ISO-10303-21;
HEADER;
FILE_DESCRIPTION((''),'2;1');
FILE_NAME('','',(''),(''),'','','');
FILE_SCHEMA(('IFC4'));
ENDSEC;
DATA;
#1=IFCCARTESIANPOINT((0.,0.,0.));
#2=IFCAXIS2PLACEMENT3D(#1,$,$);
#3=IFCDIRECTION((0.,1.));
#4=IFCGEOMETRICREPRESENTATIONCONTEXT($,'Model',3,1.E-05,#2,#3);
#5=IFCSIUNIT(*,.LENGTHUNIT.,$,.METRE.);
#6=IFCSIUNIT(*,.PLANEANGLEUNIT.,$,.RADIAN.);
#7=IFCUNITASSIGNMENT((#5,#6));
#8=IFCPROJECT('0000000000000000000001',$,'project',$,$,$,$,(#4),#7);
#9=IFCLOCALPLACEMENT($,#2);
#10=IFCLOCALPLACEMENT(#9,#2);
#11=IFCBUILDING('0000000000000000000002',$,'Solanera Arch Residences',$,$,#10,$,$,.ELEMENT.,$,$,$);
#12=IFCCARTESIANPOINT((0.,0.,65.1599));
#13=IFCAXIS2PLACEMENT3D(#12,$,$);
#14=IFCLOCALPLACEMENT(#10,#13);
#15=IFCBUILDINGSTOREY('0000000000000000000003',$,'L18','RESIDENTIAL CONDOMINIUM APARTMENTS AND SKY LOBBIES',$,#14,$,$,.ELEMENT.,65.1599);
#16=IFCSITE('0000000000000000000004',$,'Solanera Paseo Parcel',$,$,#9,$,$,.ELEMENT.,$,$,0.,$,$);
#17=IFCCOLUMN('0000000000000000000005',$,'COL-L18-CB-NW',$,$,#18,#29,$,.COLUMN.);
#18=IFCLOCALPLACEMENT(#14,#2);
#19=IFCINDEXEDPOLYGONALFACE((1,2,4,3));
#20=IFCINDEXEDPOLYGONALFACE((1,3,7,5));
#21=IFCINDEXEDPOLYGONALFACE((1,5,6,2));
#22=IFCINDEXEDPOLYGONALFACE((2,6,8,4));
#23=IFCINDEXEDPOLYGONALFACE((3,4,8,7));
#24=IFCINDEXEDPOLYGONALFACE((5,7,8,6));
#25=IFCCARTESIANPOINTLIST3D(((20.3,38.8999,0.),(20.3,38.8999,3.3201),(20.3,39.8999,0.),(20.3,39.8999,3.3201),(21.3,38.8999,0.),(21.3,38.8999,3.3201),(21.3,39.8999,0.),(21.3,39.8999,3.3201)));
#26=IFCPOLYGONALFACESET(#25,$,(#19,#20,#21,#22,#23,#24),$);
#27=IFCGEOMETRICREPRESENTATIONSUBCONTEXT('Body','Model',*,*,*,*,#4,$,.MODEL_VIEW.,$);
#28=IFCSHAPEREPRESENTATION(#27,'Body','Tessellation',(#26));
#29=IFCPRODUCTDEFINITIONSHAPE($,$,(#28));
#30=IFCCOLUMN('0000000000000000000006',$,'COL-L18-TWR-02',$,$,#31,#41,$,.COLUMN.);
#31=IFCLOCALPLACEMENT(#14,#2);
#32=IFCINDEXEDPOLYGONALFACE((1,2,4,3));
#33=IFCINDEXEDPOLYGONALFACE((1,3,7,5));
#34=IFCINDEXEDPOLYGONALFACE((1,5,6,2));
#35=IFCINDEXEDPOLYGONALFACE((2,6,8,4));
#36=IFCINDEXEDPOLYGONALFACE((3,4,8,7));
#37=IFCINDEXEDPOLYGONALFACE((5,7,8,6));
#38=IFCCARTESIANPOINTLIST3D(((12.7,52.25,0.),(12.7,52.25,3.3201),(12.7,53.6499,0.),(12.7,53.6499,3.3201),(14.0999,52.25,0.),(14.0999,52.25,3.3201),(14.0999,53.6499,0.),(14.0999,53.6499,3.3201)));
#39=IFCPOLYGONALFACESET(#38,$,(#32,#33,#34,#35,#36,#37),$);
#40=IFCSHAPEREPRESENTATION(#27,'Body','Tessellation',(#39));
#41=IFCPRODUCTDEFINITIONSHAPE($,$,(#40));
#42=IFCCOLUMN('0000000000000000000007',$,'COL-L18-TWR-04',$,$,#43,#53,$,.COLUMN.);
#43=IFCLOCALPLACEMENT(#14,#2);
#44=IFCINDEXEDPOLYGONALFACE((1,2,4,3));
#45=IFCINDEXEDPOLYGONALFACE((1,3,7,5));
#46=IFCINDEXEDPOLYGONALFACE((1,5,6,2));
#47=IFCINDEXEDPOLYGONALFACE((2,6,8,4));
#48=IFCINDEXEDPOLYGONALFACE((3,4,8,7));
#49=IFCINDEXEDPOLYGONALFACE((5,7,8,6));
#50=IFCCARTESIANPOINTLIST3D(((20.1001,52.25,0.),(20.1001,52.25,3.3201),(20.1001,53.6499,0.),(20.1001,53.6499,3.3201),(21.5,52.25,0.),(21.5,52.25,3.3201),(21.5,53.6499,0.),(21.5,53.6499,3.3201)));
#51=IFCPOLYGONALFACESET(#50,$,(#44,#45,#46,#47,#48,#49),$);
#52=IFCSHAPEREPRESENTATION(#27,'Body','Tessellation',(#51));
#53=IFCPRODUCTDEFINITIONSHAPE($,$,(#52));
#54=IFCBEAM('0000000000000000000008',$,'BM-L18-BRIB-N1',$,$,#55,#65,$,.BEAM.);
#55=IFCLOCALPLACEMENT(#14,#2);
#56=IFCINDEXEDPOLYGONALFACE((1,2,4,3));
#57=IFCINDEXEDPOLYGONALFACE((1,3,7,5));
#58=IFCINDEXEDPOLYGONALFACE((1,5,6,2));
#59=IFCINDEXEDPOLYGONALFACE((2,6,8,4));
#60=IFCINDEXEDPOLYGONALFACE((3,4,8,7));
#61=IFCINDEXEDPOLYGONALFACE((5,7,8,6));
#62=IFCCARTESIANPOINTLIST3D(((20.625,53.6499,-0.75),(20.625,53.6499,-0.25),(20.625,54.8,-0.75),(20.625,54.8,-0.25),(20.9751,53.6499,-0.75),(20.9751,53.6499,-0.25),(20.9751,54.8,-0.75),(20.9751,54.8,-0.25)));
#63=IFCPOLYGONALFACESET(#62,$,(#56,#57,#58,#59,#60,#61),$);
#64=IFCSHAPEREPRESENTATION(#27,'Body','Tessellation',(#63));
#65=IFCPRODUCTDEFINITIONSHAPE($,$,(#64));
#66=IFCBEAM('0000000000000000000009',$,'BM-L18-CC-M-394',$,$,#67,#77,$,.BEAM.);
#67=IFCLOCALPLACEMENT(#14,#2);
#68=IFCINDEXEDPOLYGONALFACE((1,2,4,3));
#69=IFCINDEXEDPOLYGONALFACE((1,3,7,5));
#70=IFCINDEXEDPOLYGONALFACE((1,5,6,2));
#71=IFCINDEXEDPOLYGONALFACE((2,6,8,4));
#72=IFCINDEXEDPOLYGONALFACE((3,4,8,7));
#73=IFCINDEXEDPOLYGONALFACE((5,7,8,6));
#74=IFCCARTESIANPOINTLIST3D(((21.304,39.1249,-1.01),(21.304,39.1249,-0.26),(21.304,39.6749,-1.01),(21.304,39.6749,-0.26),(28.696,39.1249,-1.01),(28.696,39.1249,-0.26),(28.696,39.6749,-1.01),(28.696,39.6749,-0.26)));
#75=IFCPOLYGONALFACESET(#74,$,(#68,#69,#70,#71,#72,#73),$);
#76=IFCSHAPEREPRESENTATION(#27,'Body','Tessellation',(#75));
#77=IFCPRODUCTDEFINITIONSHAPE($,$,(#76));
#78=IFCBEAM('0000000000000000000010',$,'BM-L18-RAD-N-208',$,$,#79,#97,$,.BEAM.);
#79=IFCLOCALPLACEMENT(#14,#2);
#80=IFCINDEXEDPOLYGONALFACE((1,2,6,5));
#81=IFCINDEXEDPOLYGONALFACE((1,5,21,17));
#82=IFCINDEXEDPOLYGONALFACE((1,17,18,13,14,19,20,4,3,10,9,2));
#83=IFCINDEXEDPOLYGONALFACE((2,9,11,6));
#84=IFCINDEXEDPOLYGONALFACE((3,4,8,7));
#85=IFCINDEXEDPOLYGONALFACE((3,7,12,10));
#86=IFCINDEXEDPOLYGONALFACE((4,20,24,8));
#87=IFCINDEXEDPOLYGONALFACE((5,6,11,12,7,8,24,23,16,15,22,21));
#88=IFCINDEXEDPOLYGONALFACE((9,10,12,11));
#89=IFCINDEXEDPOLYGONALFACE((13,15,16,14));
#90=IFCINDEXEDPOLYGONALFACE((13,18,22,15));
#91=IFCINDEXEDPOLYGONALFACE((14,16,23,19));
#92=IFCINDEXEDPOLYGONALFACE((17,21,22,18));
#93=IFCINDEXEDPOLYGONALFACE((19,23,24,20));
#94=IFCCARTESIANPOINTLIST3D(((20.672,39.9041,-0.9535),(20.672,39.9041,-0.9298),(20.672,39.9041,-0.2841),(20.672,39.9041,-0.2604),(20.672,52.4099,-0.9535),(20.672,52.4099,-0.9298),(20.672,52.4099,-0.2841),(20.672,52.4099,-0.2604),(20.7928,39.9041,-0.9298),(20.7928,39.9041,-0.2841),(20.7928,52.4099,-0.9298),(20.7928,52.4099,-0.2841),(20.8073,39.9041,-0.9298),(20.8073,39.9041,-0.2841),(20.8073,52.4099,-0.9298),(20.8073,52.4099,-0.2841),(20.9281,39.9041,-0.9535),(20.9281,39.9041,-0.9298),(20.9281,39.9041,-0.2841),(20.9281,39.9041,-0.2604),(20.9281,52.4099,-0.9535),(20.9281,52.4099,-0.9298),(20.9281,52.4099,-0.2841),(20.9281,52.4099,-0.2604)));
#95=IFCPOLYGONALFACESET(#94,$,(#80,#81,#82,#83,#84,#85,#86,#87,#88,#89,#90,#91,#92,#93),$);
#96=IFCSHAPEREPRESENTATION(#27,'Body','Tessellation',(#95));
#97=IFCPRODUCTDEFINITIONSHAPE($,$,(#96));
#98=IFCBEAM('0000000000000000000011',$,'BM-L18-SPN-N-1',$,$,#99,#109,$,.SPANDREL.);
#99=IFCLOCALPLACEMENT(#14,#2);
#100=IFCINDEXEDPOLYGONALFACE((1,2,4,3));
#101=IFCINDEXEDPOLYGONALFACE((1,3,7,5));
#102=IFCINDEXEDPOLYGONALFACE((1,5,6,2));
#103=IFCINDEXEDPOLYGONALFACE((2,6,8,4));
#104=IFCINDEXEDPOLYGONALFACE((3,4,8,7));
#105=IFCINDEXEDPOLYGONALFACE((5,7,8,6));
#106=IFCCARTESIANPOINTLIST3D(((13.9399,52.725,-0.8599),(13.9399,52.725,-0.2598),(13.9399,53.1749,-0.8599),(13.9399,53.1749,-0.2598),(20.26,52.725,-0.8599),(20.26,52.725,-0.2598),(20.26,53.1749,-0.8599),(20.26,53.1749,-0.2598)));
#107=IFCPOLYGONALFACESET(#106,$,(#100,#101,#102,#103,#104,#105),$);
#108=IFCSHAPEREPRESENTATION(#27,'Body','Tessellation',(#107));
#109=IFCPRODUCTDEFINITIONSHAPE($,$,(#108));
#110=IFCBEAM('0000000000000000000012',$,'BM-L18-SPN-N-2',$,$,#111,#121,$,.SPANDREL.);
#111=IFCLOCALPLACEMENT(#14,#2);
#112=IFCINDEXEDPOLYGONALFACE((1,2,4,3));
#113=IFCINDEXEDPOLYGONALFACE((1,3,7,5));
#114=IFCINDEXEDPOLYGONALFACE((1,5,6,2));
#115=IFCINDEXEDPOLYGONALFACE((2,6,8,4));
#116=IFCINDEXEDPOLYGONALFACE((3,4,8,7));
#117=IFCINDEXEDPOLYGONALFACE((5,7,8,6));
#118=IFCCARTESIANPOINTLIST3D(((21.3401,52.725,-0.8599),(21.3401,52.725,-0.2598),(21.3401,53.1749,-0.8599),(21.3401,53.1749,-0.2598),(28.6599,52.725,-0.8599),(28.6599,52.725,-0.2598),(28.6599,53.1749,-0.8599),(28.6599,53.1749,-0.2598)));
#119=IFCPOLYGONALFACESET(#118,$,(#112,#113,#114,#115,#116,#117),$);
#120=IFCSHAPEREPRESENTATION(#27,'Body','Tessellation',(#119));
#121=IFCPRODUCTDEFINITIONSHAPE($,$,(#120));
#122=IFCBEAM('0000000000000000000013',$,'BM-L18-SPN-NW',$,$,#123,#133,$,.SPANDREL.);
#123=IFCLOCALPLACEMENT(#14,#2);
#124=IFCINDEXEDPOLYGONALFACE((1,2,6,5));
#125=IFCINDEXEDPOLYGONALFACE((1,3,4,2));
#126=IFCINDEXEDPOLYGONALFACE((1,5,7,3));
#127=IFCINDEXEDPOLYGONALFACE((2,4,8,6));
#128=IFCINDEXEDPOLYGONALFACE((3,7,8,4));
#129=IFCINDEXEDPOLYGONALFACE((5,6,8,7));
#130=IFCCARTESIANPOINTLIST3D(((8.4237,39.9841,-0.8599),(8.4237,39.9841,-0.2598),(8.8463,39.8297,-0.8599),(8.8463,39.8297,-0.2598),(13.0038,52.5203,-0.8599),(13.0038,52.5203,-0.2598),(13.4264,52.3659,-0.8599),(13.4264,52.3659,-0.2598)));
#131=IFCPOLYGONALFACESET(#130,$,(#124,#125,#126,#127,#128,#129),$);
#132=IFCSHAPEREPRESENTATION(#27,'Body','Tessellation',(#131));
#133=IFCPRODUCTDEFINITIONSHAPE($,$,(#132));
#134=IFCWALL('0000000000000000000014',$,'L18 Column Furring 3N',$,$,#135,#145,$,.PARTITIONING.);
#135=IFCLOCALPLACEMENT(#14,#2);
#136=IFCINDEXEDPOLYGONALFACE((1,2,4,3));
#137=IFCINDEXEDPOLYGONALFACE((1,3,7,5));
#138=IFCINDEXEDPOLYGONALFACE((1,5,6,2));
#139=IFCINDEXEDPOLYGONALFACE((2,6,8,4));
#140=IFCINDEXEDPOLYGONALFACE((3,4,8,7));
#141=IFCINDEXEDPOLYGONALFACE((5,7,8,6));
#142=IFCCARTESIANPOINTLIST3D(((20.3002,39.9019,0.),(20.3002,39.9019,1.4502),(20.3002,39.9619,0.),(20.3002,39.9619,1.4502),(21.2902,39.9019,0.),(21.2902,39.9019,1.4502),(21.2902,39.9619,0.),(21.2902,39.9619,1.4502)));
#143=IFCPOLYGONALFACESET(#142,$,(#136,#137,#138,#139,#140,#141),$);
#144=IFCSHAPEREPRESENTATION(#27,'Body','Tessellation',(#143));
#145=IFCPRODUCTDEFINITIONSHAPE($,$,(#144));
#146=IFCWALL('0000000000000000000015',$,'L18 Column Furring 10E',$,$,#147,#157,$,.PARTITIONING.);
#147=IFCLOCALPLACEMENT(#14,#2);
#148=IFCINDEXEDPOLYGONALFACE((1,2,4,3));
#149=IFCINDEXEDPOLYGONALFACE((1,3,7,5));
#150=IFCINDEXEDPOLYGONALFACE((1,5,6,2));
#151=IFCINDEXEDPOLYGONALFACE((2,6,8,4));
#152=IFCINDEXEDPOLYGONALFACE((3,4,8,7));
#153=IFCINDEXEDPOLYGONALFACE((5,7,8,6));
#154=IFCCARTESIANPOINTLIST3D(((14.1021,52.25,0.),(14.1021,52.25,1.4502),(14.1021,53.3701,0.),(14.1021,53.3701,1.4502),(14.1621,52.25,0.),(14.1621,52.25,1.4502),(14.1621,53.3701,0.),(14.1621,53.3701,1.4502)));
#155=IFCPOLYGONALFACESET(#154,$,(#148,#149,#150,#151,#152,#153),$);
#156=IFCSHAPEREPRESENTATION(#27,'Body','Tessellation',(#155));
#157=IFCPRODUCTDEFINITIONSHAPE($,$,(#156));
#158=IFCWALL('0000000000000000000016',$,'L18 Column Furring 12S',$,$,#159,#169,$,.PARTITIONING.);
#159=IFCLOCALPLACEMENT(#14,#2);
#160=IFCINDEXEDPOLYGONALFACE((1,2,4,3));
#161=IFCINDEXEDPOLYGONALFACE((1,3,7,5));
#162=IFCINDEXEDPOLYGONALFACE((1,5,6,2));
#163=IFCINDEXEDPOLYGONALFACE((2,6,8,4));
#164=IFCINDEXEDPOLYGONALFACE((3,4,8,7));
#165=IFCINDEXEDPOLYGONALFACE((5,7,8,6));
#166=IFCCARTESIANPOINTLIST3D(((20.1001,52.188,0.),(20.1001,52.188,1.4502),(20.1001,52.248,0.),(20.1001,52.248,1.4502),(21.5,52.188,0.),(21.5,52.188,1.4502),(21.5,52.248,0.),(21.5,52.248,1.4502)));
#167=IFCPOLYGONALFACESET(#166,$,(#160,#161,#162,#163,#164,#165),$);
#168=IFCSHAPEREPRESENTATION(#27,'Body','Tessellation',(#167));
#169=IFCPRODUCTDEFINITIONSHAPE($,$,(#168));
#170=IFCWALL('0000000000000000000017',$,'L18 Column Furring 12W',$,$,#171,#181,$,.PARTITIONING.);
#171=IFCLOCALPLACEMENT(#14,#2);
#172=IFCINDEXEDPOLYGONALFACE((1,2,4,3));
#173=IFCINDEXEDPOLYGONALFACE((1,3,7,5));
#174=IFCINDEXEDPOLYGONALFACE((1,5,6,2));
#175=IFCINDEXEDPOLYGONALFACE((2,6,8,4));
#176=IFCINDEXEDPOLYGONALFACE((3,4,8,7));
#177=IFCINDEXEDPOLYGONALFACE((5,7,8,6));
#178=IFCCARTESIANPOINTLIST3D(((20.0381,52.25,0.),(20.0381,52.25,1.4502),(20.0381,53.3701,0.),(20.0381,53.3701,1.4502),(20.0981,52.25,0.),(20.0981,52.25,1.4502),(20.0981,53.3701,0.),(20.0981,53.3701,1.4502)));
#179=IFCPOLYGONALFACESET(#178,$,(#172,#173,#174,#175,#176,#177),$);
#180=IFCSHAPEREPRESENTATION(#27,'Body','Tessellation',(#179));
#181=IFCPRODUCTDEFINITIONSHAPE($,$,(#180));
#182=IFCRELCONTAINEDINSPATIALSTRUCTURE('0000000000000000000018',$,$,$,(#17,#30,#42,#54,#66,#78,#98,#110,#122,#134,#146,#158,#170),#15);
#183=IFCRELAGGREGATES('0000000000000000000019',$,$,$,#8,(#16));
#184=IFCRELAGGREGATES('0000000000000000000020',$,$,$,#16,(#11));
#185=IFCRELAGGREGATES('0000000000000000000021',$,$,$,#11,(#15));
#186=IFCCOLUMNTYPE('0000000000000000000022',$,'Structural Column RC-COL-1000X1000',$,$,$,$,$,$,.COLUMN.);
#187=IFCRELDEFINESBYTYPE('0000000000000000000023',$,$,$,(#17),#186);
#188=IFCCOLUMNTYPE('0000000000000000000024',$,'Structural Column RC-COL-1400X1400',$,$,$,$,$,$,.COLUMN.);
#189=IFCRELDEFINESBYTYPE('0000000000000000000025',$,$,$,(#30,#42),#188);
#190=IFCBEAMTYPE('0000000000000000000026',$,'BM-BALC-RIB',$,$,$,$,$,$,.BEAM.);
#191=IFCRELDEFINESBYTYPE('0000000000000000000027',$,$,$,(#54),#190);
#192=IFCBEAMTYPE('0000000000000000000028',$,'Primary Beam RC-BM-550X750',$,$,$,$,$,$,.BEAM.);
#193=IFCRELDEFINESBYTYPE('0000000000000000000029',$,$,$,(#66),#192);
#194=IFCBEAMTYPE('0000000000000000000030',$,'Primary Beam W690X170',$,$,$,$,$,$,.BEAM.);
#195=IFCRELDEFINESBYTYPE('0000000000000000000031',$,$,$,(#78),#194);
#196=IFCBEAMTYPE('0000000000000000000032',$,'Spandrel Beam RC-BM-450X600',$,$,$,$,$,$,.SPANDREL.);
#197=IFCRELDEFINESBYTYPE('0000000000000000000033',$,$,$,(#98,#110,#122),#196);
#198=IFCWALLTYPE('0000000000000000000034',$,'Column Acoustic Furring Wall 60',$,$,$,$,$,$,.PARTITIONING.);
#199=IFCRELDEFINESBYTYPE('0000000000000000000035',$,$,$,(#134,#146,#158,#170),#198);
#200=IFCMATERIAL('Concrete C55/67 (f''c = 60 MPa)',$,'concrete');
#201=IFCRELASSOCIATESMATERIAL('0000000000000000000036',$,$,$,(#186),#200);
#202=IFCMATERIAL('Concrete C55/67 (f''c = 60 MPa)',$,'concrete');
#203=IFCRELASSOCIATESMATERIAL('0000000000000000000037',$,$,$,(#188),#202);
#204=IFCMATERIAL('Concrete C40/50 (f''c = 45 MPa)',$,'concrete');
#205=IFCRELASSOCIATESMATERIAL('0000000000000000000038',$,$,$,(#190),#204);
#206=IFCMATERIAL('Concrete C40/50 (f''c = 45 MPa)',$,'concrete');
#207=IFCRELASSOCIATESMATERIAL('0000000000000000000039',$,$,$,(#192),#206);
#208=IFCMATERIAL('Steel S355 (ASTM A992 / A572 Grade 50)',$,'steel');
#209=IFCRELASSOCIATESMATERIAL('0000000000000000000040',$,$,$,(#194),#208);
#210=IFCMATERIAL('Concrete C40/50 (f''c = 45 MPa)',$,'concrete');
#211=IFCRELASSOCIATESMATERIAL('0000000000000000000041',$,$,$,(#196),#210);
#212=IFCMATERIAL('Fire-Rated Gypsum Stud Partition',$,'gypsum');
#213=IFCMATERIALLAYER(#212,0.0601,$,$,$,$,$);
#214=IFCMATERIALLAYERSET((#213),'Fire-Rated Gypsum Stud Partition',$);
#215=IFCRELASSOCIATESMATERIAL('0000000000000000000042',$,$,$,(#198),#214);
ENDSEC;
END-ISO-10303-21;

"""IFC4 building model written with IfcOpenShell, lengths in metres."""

from ifc_helpers import new_model, si_unit, direction, frame, frame_2d, origin, origin_2d, place, context, subcontext, project, spatial, rectangle, i_section, extrude, material, layer, layer_set, material_profile, profile_set, type_object, element, save


model = new_model("IFC4")

# Units and contexts
model_context = context("Model", 3, precision=1e-05, world=origin(), true_north=direction((0.0, 1.0)))
body_context = subcontext(model_context, "Body", "Model", "MODEL_VIEW")
ifc_project = project(units=[si_unit("LENGTHUNIT", "METRE"), si_unit("PLANEANGLEUNIT", "RADIAN")], contexts=[model_context])

# Site, building, storey
site_placement = place(None, origin())
site = spatial("IfcSite", under=ifc_project, at=site_placement, Name="Solanera Paseo Parcel", CompositionType="ELEMENT", RefElevation=0.0)
building_placement = place(site_placement, origin())
building = spatial("IfcBuilding", under=site, at=building_placement, Name="Solanera Arch Residences", CompositionType="ELEMENT")
storey_placement = place(building_placement, frame((0.0, 0.0, 65.1599)))
storey = spatial("IfcBuildingStorey", under=building, at=storey_placement, Name="L18", Description="RESIDENTIAL CONDOMINIUM APARTMENTS AND SKY LOBBIES", CompositionType="ELEMENT", Elevation=65.1599)

# Columns
ifc_material_1 = material(Name="Concrete C55/67 (f'c = 60 MPa)", Category="concrete")
ifc_material_profile_1 = material_profile(ifc_material_1, rectangle(XDim=1.0, YDim=1.0, at=origin_2d()))
ifc_profile_set_1 = profile_set([ifc_material_profile_1], Name="Concrete C55/67 (f'c = 60 MPa)")
column_type_1 = type_object("IfcColumnType", Name="Structural Column RC-COL-1000X1000", PredefinedType="COLUMN", material=ifc_profile_set_1)
column_placement = place(storey_placement, frame((20.8, 39.3999, 0.0), z_axis=(0.0, 0.0, 1.0), x_axis=(1.0, 0.0, 0.0)))
element("IfcColumn", 1, at=column_placement, inside=storey, type_object=column_type_1, Name="COL-L18-CB-NW", PredefinedType="COLUMN", context=body_context, shape_type="SweptSolid", body=[
    extrude(rectangle(XDim=1.0, YDim=1.0, at=origin_2d()), origin(), (0.0, 0.0, 1.0), 3.3201),
])
ifc_material_2 = material(Name="Concrete C55/67 (f'c = 60 MPa)", Category="concrete")
ifc_material_profile_2 = material_profile(ifc_material_2, rectangle(XDim=1.3999, YDim=1.3999, at=origin_2d()))
ifc_profile_set_2 = profile_set([ifc_material_profile_2], Name="Concrete C55/67 (f'c = 60 MPa)")
column_type_2 = type_object("IfcColumnType", Name="Structural Column RC-COL-1400X1400", PredefinedType="COLUMN", material=ifc_profile_set_2)
for number, where, z_axis, x_axis, name in (
    (2, (13.3999, 52.95, 0.0), (0.0, 0.0, 1.0), (1.0, 0.0, 0.0), "COL-L18-TWR-02"),
    (3, (20.8, 52.95, 0.0), (0.0, 0.0, 1.0), (1.0, 0.0, 0.0), "COL-L18-TWR-04"),
):
    element("IfcColumn", number, at=place(storey_placement, frame(where, z_axis=z_axis, x_axis=x_axis)), inside=storey, type_object=column_type_2, Name=name, PredefinedType="COLUMN", context=body_context, shape_type="SweptSolid", body=[
        extrude(rectangle(XDim=1.3999, YDim=1.3999, at=origin_2d()), origin(), (0.0, 0.0, 1.0), 3.3201),
    ])

# Beams
ifc_material_3 = material(Name="Concrete C40/50 (f'c = 45 MPa)", Category="concrete")
ifc_material_profile_3 = material_profile(ifc_material_3, rectangle(XDim=0.3501, YDim=0.5, at=origin_2d()))
ifc_profile_set_3 = profile_set([ifc_material_profile_3], Name="Concrete C40/50 (f'c = 45 MPa)")
beam_type_1 = type_object("IfcBeamType", Name="BM-BALC-RIB", PredefinedType="BEAM", material=ifc_profile_set_3)
beam_1_placement = place(storey_placement, frame((20.8, 53.6499, -0.5), z_axis=(0.0, 1.0, 0.0), x_axis=(-1.0, 0.0, 0.0)))
element("IfcBeam", 4, at=beam_1_placement, inside=storey, type_object=beam_type_1, Name="BM-L18-BRIB-N1", PredefinedType="BEAM", context=body_context, shape_type="SweptSolid", body=[
    extrude(rectangle(XDim=0.3501, YDim=0.5, at=origin_2d()), origin(), (0.0, 0.0, 1.0), 1.1501),
])
ifc_material_4 = material(Name="Concrete C40/50 (f'c = 45 MPa)", Category="concrete")
ifc_material_profile_4 = material_profile(ifc_material_4, rectangle(XDim=0.55, YDim=0.75, at=origin_2d()))
ifc_profile_set_4 = profile_set([ifc_material_profile_4], Name="Concrete C40/50 (f'c = 45 MPa)")
beam_type_2 = type_object("IfcBeamType", Name="Primary Beam RC-BM-550X750", PredefinedType="BEAM", material=ifc_profile_set_4)
beam_2_placement = place(storey_placement, frame((21.304, 39.3999, -0.635), z_axis=(1.0, 0.0, 0.0), x_axis=(0.0, 1.0, 0.0)))
element("IfcBeam", 5, at=beam_2_placement, inside=storey, type_object=beam_type_2, Name="BM-L18-CC-M-394", PredefinedType="BEAM", context=body_context, shape_type="SweptSolid", body=[
    extrude(rectangle(XDim=0.55, YDim=0.75, at=origin_2d()), origin(), (0.0, 0.0, 1.0), 7.3921),
])
ifc_material_5 = material(Name="Steel S355 (ASTM A992 / A572 Grade 50)", Category="steel")
ifc_material_profile_5 = material_profile(ifc_material_5, i_section(OverallWidth=0.2561, OverallDepth=0.6931, WebThickness=0.0144, FlangeThickness=0.0237, at=origin_2d()))
ifc_profile_set_5 = profile_set([ifc_material_profile_5], Name="Steel S355 (ASTM A992 / A572 Grade 50)")
beam_type_3 = type_object("IfcBeamType", Name="Primary Beam W690X170", PredefinedType="BEAM", material=ifc_profile_set_5)
beam_3_placement = place(storey_placement, frame((20.8, 39.9041, -0.6069), z_axis=(0.0, 1.0, 0.0), x_axis=(-1.0, 0.0, 0.0)))
element("IfcBeam", 6, at=beam_3_placement, inside=storey, type_object=beam_type_3, Name="BM-L18-RAD-N-208", PredefinedType="BEAM", context=body_context, shape_type="SweptSolid", body=[
    extrude(i_section(OverallWidth=0.2561, OverallDepth=0.6931, WebThickness=0.0144, FlangeThickness=0.0237, at=origin_2d()), origin(), (0.0, 0.0, 1.0), 12.5059),
])
ifc_material_6 = material(Name="Concrete C40/50 (f'c = 45 MPa)", Category="concrete")
ifc_material_profile_6 = material_profile(ifc_material_6, rectangle(XDim=0.45, YDim=0.6001, at=origin_2d()))
ifc_profile_set_6 = profile_set([ifc_material_profile_6], Name="Concrete C40/50 (f'c = 45 MPa)")
beam_type_4 = type_object("IfcBeamType", Name="Spandrel Beam RC-BM-450X600", PredefinedType="SPANDREL", material=ifc_profile_set_6)
beam_4_placement = place(storey_placement, frame((13.9399, 52.95, -0.5598), z_axis=(1.0, 0.0, 0.0), x_axis=(0.0, 1.0, 0.0)))
element("IfcBeam", 7, at=beam_4_placement, inside=storey, type_object=beam_type_4, Name="BM-L18-SPN-N-1", PredefinedType="SPANDREL", context=body_context, shape_type="SweptSolid", body=[
    extrude(rectangle(XDim=0.45, YDim=0.6001, at=origin_2d()), origin(), (0.0, 0.0, 1.0), 6.3201),
])
beam_5_placement = place(storey_placement, frame((21.3401, 52.95, -0.5598), z_axis=(1.0, 0.0, 0.0), x_axis=(0.0, 1.0, 0.0)))
element("IfcBeam", 8, at=beam_5_placement, inside=storey, type_object=beam_type_4, Name="BM-L18-SPN-N-2", PredefinedType="SPANDREL", context=body_context, shape_type="SweptSolid", body=[
    extrude(rectangle(XDim=0.45, YDim=0.6001, at=origin_2d()), origin(), (0.0, 0.0, 1.0), 7.3198),
])
beam_6_placement = place(storey_placement, frame((13.2151, 52.4431, -0.5598), z_axis=(-0.343164, -0.939275, 0.0), x_axis=(0.939275, -0.343164, 0.0)))
element("IfcBeam", 9, at=beam_6_placement, inside=storey, type_object=beam_type_4, Name="BM-L18-SPN-NW", PredefinedType="SPANDREL", context=body_context, shape_type="SweptSolid", body=[
    extrude(rectangle(XDim=0.45, YDim=0.6001, at=origin_2d()), origin(), (0.0, 0.0, 1.0), 13.3467),
])

# Walls
ifc_material_7 = material(Name="Fire-Rated Gypsum Stud Partition", Category="gypsum")
ifc_layer_1 = layer(ifc_material_7, 0.0601)
ifc_layer_set_1 = layer_set([ifc_layer_1], Name="Fire-Rated Gypsum Stud Partition")
wall_type_1 = type_object("IfcWallType", Name="Column Acoustic Furring Wall 60", PredefinedType="PARTITIONING", material=ifc_layer_set_1)
wall_1_placement = place(storey_placement, frame((20.3, 39.9319, 0.0), z_axis=(0.0, 0.0, 1.0), x_axis=(1.0, 0.0, 0.0)))
element("IfcWall", 10, at=wall_1_placement, inside=storey, type_object=wall_type_1, Name="L18 Column Furring 3N", PredefinedType="PARTITIONING", context=body_context, shape_type="SweptSolid", body=[
    extrude(rectangle(XDim=0.99, YDim=0.0601, at=frame_2d((0.4951, 0.0))), origin(), (0.0, 0.0, 1.0), 1.4502),
])
wall_2_placement = place(storey_placement, frame((14.1321, 52.25, 0.0), z_axis=(0.0, 0.0, 1.0), x_axis=(0.0, 1.0, 0.0)))
element("IfcWall", 11, at=wall_2_placement, inside=storey, type_object=wall_type_1, Name="L18 Column Furring 10E", PredefinedType="PARTITIONING", context=body_context, shape_type="SweptSolid", body=[
    extrude(rectangle(XDim=1.1201, YDim=0.0601, at=frame_2d((0.5601, 0.0))), origin(), (0.0, 0.0, 1.0), 1.4502),
])
wall_3_placement = place(storey_placement, frame((20.1001, 52.218, 0.0), z_axis=(0.0, 0.0, 1.0), x_axis=(1.0, 0.0, 0.0)))
element("IfcWall", 12, at=wall_3_placement, inside=storey, type_object=wall_type_1, Name="L18 Column Furring 12S", PredefinedType="PARTITIONING", context=body_context, shape_type="SweptSolid", body=[
    extrude(rectangle(XDim=1.3999, YDim=0.0601, at=frame_2d((0.7, 0.0))), origin(), (0.0, 0.0, 1.0), 1.4502),
])
for number, where, z_axis, x_axis, name in (
    (13, (20.0681, 52.25, 0.0), (0.0, 0.0, 1.0), (0.0, 1.0, 0.0), "L18 Column Furring 12W"),
):
    element("IfcWall", number, at=place(storey_placement, frame(where, z_axis=z_axis, x_axis=x_axis)), inside=storey, type_object=wall_type_1, Name=name, PredefinedType="PARTITIONING", context=body_context, shape_type="SweptSolid", body=[
        extrude(rectangle(XDim=1.1201, YDim=0.0601, at=frame_2d((0.5601, 0.0))), origin(), (0.0, 0.0, 1.0), 1.4502),
    ])

save(model, "model.ifc")
